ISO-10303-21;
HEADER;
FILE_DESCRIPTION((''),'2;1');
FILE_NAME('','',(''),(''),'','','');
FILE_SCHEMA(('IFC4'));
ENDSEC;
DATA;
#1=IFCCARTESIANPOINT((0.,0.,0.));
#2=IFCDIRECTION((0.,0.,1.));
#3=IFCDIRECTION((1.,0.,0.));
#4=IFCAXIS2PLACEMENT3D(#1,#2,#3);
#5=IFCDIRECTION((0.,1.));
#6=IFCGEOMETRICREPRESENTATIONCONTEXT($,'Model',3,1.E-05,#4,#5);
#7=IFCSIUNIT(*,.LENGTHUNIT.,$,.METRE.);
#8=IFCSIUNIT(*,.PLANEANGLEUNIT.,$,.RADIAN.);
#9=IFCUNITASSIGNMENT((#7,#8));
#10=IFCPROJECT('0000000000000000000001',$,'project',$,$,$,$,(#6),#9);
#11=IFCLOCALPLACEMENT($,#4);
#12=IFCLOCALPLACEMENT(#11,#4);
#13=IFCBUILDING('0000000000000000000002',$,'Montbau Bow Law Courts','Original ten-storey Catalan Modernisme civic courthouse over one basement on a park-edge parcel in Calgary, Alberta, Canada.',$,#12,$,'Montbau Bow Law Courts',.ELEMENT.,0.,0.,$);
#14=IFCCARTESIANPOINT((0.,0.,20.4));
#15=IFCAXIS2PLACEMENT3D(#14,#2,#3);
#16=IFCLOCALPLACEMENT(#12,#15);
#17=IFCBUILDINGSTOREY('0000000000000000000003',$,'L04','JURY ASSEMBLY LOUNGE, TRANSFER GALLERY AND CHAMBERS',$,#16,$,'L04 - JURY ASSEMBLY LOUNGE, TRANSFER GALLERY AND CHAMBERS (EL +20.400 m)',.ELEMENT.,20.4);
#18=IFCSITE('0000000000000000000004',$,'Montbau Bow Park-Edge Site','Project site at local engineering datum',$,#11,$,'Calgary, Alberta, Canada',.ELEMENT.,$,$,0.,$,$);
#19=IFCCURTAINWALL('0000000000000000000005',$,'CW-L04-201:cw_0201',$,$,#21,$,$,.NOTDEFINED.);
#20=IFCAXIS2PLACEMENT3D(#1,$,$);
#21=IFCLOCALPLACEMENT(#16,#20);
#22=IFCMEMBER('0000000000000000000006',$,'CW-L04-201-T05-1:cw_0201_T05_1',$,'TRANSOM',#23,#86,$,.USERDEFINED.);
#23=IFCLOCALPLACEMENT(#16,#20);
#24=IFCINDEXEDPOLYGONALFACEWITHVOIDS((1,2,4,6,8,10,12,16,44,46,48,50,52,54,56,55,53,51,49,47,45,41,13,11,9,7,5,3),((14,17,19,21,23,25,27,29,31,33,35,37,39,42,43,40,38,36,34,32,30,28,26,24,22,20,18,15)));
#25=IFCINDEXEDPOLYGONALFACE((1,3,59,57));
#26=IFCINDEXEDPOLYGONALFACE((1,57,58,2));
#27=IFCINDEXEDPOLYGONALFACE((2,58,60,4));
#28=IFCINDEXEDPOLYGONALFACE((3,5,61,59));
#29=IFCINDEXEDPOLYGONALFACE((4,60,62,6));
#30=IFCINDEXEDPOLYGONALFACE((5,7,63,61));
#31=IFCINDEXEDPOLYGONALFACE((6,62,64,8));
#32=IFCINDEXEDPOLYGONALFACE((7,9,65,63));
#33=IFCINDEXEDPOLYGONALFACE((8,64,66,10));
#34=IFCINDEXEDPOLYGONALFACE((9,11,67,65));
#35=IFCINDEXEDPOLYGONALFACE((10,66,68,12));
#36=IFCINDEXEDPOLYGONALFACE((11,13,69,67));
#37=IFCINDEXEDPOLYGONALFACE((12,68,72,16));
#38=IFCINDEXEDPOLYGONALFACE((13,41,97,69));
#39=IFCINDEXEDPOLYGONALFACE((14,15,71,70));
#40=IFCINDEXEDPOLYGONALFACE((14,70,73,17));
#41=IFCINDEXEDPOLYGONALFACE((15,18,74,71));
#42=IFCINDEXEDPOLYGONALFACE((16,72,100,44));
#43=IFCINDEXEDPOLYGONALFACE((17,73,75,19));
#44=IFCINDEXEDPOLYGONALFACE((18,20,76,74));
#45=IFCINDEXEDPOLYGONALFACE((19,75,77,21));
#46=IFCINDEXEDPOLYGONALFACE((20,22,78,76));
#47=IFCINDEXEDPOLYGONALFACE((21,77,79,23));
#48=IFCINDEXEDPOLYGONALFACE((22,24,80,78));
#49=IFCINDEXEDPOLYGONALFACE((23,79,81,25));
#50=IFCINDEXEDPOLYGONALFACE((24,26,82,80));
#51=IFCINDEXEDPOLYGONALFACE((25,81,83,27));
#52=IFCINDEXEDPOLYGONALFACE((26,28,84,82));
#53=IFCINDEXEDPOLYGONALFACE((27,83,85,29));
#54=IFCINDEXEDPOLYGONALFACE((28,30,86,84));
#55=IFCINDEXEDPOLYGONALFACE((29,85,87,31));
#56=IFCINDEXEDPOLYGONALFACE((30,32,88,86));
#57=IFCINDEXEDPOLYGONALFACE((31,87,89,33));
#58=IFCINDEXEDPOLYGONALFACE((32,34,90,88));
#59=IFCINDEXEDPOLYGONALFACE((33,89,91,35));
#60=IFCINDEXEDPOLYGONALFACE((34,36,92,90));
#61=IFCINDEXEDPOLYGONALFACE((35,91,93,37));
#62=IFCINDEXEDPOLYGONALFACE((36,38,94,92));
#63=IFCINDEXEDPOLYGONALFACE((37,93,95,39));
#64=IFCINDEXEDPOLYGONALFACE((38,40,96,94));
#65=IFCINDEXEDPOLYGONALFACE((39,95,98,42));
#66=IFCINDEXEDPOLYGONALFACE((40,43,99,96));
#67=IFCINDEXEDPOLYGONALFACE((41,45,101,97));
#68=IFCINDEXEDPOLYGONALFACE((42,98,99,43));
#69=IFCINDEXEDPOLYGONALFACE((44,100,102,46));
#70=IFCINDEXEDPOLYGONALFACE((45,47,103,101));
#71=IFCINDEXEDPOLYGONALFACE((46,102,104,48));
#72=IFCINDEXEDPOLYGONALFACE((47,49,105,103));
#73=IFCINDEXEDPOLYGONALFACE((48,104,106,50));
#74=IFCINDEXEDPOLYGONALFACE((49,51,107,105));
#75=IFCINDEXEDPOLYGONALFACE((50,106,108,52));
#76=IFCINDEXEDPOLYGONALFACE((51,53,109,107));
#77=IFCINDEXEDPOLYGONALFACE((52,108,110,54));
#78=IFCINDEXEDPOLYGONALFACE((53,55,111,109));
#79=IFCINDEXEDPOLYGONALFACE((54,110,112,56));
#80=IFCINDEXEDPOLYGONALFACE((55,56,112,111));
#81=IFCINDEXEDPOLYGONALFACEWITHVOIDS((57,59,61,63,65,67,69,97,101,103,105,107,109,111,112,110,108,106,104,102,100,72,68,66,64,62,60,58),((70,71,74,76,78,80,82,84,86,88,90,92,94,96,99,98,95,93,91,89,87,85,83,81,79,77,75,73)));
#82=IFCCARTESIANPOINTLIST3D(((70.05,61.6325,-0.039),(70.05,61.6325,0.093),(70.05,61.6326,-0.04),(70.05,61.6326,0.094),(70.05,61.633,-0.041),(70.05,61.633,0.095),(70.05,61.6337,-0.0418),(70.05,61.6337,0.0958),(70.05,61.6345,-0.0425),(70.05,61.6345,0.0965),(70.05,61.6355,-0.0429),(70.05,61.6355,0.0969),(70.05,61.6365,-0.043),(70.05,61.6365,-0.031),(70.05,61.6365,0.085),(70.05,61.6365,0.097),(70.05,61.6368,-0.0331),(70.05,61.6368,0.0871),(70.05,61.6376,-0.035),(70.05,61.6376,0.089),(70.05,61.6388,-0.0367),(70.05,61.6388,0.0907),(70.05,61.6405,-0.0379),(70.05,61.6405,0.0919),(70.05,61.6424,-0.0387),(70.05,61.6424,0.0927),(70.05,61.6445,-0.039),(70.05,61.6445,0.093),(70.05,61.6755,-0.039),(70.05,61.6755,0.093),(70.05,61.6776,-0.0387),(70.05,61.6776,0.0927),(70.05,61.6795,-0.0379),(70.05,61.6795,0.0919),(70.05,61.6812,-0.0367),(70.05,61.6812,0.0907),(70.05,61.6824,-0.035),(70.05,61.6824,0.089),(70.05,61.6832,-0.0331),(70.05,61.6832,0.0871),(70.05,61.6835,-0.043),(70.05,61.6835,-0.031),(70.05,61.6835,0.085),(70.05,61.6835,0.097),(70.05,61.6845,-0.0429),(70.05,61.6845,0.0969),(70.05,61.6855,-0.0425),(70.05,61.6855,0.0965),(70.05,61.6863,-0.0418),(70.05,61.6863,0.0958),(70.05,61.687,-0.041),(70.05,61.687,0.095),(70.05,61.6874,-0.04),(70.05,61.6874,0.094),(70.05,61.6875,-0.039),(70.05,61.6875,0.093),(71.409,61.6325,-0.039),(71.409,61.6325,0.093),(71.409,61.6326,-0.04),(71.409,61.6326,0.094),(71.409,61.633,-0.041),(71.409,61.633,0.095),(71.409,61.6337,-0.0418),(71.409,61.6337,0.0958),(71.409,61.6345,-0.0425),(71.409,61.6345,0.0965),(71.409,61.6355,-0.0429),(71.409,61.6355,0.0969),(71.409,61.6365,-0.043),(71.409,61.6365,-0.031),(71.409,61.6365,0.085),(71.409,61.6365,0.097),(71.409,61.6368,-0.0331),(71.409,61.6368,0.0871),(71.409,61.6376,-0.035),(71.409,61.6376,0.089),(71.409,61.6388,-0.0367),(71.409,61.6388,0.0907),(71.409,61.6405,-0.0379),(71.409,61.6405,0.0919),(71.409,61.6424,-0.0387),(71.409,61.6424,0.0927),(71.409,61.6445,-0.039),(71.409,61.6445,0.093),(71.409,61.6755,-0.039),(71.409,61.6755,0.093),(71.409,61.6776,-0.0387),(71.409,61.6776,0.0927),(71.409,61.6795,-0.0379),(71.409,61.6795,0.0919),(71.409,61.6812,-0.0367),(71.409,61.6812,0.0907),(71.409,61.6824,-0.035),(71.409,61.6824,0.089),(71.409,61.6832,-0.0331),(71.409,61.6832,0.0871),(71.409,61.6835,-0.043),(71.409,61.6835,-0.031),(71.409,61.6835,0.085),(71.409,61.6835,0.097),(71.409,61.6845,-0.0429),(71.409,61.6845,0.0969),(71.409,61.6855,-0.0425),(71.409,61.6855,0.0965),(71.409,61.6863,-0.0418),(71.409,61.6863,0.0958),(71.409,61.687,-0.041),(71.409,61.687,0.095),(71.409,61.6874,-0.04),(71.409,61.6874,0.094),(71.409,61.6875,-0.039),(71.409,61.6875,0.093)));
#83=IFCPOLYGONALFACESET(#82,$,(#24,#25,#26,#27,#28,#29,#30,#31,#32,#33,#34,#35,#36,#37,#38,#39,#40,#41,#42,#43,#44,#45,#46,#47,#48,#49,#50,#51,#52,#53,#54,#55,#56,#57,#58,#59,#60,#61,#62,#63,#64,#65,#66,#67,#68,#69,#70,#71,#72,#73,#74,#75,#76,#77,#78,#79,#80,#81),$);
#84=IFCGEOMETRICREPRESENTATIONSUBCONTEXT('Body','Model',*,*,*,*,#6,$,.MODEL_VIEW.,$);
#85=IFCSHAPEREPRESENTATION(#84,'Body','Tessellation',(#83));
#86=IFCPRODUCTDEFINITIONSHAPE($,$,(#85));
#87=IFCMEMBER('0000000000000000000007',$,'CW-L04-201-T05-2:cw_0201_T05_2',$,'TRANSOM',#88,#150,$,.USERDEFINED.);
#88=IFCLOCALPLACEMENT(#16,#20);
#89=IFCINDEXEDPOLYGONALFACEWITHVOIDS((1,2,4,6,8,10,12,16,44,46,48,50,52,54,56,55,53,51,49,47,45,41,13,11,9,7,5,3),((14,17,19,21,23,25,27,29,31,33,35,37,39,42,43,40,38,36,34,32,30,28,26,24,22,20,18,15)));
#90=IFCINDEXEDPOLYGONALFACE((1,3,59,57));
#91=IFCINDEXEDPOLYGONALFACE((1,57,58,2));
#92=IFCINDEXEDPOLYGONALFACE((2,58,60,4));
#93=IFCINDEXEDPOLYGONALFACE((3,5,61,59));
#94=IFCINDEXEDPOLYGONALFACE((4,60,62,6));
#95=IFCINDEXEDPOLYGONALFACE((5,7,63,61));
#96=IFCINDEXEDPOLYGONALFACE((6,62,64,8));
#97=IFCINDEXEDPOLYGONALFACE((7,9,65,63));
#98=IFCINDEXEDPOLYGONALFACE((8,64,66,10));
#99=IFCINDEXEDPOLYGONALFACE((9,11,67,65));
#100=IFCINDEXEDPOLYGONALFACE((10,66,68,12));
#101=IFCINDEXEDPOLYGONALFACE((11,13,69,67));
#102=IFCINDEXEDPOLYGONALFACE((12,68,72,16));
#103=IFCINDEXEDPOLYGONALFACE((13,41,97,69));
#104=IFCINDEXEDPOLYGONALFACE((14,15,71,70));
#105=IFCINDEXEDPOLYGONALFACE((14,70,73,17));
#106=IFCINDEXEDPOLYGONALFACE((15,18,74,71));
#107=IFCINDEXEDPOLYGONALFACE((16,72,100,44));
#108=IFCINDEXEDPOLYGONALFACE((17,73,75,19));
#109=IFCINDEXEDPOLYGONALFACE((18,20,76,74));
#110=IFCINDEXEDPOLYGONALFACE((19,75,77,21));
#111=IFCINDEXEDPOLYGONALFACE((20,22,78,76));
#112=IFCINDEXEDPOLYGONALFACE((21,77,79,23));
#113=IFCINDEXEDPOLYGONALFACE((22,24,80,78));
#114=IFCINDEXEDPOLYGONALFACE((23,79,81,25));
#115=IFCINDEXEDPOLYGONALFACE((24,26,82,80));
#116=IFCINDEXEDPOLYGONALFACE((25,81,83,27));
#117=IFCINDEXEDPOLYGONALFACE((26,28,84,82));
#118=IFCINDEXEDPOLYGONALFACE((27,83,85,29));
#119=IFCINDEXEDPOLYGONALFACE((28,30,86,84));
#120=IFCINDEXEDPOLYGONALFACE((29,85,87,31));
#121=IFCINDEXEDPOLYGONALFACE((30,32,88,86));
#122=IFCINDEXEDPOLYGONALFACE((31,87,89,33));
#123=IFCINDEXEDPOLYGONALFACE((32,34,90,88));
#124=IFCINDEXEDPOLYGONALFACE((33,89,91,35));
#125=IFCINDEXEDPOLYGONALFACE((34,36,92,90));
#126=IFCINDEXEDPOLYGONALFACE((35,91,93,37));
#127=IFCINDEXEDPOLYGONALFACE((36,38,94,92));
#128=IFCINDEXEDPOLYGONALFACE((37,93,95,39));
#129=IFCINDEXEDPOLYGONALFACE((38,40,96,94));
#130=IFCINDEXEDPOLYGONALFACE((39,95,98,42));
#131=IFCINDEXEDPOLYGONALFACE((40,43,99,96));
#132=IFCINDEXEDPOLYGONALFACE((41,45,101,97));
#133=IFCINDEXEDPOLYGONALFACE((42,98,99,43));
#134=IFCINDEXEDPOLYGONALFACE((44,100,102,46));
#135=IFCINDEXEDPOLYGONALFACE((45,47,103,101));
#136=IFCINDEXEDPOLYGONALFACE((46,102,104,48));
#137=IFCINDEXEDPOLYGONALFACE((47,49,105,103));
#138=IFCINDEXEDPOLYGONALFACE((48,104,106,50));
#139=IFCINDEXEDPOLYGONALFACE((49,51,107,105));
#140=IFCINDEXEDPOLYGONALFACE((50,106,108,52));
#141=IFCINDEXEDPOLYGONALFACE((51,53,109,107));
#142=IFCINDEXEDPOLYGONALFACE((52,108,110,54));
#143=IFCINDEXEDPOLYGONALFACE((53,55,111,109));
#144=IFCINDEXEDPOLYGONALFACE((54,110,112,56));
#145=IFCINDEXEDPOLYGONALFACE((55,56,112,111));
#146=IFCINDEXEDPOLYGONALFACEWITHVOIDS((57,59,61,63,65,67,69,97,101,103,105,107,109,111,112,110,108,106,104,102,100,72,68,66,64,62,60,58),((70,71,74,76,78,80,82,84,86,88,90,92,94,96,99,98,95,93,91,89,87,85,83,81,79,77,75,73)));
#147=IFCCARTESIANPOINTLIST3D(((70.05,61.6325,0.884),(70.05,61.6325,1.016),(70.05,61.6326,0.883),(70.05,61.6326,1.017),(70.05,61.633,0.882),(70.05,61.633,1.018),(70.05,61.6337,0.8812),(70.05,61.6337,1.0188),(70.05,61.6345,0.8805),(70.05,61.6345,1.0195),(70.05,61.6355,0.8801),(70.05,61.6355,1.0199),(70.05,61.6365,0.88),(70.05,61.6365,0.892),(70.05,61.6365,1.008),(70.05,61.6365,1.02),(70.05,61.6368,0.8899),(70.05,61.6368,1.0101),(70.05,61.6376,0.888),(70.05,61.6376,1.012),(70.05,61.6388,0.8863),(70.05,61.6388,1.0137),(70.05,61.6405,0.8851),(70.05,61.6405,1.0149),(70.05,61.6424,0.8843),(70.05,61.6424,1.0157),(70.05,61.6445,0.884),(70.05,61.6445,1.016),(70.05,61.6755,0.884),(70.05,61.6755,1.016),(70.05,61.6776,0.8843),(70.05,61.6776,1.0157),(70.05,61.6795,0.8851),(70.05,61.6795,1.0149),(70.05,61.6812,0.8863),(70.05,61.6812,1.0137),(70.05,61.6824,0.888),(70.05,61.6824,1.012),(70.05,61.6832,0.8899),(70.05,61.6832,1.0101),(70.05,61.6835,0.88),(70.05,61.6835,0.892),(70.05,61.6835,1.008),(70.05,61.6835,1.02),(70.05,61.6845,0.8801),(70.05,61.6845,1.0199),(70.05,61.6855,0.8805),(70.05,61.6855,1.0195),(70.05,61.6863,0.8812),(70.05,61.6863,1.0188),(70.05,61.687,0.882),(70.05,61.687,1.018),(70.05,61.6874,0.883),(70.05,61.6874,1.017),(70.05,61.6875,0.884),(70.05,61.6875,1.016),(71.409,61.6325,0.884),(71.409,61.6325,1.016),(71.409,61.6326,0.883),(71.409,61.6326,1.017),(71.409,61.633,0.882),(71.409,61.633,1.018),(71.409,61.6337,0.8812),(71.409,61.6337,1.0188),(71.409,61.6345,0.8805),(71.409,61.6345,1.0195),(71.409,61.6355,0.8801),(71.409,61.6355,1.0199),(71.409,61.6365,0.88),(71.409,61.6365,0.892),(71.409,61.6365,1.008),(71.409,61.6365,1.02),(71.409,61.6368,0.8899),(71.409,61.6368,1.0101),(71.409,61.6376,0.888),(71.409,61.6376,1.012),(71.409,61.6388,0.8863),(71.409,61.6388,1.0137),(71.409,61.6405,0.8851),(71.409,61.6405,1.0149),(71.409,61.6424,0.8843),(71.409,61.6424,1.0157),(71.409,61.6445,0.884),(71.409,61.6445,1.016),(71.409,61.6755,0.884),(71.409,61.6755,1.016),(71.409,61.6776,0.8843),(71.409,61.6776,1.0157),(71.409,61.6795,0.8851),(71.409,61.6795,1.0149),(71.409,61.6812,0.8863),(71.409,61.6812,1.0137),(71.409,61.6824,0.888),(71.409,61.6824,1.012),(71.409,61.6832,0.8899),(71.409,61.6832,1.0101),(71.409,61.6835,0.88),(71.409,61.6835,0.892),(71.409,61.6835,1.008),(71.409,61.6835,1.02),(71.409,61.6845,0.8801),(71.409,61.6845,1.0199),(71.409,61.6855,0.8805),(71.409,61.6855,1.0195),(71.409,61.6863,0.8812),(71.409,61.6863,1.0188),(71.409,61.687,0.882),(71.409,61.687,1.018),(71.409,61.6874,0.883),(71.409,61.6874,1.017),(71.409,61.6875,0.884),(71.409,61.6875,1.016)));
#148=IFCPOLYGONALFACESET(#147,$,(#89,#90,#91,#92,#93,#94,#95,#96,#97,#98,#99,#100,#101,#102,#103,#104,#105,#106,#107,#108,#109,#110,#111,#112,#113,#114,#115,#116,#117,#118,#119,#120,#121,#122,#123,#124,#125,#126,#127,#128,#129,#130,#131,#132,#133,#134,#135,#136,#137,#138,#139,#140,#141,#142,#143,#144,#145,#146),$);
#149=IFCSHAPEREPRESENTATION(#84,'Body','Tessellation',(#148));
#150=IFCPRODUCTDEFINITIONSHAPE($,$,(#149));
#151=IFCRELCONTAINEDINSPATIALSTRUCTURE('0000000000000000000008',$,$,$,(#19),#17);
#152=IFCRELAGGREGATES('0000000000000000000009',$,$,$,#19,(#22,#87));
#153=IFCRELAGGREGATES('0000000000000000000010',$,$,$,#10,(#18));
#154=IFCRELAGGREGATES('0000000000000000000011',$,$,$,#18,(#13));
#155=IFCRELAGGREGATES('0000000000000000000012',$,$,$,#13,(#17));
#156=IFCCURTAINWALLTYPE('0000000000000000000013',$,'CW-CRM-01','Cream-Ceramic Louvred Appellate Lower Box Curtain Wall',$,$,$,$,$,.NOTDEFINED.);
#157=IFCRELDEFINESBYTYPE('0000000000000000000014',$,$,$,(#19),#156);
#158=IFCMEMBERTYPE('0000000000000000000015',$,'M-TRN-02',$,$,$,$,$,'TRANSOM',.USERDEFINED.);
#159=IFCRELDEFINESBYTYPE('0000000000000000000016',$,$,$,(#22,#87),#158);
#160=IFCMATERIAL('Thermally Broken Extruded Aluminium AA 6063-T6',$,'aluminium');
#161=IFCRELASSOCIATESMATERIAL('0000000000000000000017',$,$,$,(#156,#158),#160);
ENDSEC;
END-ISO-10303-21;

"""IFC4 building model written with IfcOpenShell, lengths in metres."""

from ifc_helpers import new_model, si_unit, direction, frame, origin_with_axes, origin_2d_with_axis, place, context, subcontext, project, spatial, hollow_rectangle, extrude, material, material_profile, profile_set, type_object, element, aggregate, save


model = new_model("IFC4")

# Units and contexts
model_context = context("Model", 3, precision=1e-05, world=origin_with_axes(), true_north=direction((0.0, 1.0)))
body_context = subcontext(model_context, "Body", "Model", "MODEL_VIEW")
ifc_project = project(units=[si_unit("LENGTHUNIT", "METRE"), si_unit("PLANEANGLEUNIT", "RADIAN")], contexts=[model_context])

# Site, building, storey
site_placement = place(None, origin_with_axes())
site = spatial("IfcSite", under=ifc_project, at=site_placement, Name="Montbau Bow Park-Edge Site", Description="Project site at local engineering datum", LongName="Calgary, Alberta, Canada", CompositionType="ELEMENT", RefElevation=0.0)
building_placement = place(site_placement, origin_with_axes())
building = spatial("IfcBuilding", under=site, at=building_placement, Name="Montbau Bow Law Courts", Description="Original ten-storey Catalan Modernisme civic courthouse over one basement on a park-edge parcel in Calgary, Alberta, Canada.", LongName="Montbau Bow Law Courts", CompositionType="ELEMENT", ElevationOfRefHeight=0.0, ElevationOfTerrain=0.0)
storey_placement = place(building_placement, frame((0.0, 0.0, 20.4), z_axis=(0.0, 0.0, 1.0), x_axis=(1.0, 0.0, 0.0)))
storey = spatial("IfcBuildingStorey", under=building, at=storey_placement, Name="L04", Description="JURY ASSEMBLY LOUNGE, TRANSFER GALLERY AND CHAMBERS", LongName="L04 - JURY ASSEMBLY LOUNGE, TRANSFER GALLERY AND CHAMBERS (EL +20.400 m)", CompositionType="ELEMENT", Elevation=20.4)

# Curtain wall
ifc_material_1 = material(Name="Thermally Broken Extruded Aluminium AA 6063-T6", Category="aluminium")
curtain_wall_type = type_object("IfcCurtainWallType", Name="CW-CRM-01", Description="Cream-Ceramic Louvred Appellate Lower Box Curtain Wall", PredefinedType="NOTDEFINED", material=ifc_material_1)
curtain_wall_1_placement = place(None, frame((64.115, 61.66, 20.4), z_axis=(0.0, 0.0, 1.0), x_axis=(1.0, 0.0, 0.0)))
curtain_wall_1 = element("IfcCurtainWall", 1, at=curtain_wall_1_placement, inside=storey, type_object=curtain_wall_type, Name="CW-L04-201:cw_0201", PredefinedType="NOTDEFINED")

# Members
ifc_material_profile_1 = material_profile(ifc_material_1, hollow_rectangle(XDim=0.055, YDim=0.14, WallThickness=0.004, InnerFilletRadius=0.008, OuterFilletRadius=0.004, at=origin_2d_with_axis()), Name="CWT-140X55", Category="Main", Priority=0)
ifc_profile_set_1 = profile_set([ifc_material_profile_1], Name="Thermally Broken Extruded Aluminium AA 6063-T6")
member_type_1 = type_object("IfcMemberType", Name="M-TRN-02", ElementType="TRANSOM", PredefinedType="USERDEFINED", material=ifc_profile_set_1)
member_1_placement = place(None, frame((70.05, 61.66, 20.427), z_axis=(1.0, 0.0, 0.0), x_axis=(0.0, 1.0, 0.0)))
member_1 = element("IfcMember", 2, at=member_1_placement, type_object=member_type_1, Name="CW-L04-201-T05-1:cw_0201_T05_1", ObjectType="TRANSOM", PredefinedType="USERDEFINED", context=body_context, shape_type="SweptSolid", body=[
    extrude(hollow_rectangle(XDim=0.055, YDim=0.14, WallThickness=0.004, InnerFilletRadius=0.008, OuterFilletRadius=0.004, at=origin_2d_with_axis()), origin_with_axes(), (0.0, 0.0, 1.0), 1.359),
])
member_2_placement = place(None, frame((70.05, 61.66, 21.35), z_axis=(1.0, 0.0, 0.0), x_axis=(0.0, 1.0, 0.0)))
member_2 = element("IfcMember", 3, at=member_2_placement, type_object=member_type_1, Name="CW-L04-201-T05-2:cw_0201_T05_2", ObjectType="TRANSOM", PredefinedType="USERDEFINED", context=body_context, shape_type="SweptSolid", body=[
    extrude(hollow_rectangle(XDim=0.055, YDim=0.14, WallThickness=0.004, InnerFilletRadius=0.008, OuterFilletRadius=0.004, at=origin_2d_with_axis()), origin_with_axes(), (0.0, 0.0, 1.0), 1.359),
])

aggregate(curtain_wall_1, [member_1, member_2])

save(model, "model.ifc")
